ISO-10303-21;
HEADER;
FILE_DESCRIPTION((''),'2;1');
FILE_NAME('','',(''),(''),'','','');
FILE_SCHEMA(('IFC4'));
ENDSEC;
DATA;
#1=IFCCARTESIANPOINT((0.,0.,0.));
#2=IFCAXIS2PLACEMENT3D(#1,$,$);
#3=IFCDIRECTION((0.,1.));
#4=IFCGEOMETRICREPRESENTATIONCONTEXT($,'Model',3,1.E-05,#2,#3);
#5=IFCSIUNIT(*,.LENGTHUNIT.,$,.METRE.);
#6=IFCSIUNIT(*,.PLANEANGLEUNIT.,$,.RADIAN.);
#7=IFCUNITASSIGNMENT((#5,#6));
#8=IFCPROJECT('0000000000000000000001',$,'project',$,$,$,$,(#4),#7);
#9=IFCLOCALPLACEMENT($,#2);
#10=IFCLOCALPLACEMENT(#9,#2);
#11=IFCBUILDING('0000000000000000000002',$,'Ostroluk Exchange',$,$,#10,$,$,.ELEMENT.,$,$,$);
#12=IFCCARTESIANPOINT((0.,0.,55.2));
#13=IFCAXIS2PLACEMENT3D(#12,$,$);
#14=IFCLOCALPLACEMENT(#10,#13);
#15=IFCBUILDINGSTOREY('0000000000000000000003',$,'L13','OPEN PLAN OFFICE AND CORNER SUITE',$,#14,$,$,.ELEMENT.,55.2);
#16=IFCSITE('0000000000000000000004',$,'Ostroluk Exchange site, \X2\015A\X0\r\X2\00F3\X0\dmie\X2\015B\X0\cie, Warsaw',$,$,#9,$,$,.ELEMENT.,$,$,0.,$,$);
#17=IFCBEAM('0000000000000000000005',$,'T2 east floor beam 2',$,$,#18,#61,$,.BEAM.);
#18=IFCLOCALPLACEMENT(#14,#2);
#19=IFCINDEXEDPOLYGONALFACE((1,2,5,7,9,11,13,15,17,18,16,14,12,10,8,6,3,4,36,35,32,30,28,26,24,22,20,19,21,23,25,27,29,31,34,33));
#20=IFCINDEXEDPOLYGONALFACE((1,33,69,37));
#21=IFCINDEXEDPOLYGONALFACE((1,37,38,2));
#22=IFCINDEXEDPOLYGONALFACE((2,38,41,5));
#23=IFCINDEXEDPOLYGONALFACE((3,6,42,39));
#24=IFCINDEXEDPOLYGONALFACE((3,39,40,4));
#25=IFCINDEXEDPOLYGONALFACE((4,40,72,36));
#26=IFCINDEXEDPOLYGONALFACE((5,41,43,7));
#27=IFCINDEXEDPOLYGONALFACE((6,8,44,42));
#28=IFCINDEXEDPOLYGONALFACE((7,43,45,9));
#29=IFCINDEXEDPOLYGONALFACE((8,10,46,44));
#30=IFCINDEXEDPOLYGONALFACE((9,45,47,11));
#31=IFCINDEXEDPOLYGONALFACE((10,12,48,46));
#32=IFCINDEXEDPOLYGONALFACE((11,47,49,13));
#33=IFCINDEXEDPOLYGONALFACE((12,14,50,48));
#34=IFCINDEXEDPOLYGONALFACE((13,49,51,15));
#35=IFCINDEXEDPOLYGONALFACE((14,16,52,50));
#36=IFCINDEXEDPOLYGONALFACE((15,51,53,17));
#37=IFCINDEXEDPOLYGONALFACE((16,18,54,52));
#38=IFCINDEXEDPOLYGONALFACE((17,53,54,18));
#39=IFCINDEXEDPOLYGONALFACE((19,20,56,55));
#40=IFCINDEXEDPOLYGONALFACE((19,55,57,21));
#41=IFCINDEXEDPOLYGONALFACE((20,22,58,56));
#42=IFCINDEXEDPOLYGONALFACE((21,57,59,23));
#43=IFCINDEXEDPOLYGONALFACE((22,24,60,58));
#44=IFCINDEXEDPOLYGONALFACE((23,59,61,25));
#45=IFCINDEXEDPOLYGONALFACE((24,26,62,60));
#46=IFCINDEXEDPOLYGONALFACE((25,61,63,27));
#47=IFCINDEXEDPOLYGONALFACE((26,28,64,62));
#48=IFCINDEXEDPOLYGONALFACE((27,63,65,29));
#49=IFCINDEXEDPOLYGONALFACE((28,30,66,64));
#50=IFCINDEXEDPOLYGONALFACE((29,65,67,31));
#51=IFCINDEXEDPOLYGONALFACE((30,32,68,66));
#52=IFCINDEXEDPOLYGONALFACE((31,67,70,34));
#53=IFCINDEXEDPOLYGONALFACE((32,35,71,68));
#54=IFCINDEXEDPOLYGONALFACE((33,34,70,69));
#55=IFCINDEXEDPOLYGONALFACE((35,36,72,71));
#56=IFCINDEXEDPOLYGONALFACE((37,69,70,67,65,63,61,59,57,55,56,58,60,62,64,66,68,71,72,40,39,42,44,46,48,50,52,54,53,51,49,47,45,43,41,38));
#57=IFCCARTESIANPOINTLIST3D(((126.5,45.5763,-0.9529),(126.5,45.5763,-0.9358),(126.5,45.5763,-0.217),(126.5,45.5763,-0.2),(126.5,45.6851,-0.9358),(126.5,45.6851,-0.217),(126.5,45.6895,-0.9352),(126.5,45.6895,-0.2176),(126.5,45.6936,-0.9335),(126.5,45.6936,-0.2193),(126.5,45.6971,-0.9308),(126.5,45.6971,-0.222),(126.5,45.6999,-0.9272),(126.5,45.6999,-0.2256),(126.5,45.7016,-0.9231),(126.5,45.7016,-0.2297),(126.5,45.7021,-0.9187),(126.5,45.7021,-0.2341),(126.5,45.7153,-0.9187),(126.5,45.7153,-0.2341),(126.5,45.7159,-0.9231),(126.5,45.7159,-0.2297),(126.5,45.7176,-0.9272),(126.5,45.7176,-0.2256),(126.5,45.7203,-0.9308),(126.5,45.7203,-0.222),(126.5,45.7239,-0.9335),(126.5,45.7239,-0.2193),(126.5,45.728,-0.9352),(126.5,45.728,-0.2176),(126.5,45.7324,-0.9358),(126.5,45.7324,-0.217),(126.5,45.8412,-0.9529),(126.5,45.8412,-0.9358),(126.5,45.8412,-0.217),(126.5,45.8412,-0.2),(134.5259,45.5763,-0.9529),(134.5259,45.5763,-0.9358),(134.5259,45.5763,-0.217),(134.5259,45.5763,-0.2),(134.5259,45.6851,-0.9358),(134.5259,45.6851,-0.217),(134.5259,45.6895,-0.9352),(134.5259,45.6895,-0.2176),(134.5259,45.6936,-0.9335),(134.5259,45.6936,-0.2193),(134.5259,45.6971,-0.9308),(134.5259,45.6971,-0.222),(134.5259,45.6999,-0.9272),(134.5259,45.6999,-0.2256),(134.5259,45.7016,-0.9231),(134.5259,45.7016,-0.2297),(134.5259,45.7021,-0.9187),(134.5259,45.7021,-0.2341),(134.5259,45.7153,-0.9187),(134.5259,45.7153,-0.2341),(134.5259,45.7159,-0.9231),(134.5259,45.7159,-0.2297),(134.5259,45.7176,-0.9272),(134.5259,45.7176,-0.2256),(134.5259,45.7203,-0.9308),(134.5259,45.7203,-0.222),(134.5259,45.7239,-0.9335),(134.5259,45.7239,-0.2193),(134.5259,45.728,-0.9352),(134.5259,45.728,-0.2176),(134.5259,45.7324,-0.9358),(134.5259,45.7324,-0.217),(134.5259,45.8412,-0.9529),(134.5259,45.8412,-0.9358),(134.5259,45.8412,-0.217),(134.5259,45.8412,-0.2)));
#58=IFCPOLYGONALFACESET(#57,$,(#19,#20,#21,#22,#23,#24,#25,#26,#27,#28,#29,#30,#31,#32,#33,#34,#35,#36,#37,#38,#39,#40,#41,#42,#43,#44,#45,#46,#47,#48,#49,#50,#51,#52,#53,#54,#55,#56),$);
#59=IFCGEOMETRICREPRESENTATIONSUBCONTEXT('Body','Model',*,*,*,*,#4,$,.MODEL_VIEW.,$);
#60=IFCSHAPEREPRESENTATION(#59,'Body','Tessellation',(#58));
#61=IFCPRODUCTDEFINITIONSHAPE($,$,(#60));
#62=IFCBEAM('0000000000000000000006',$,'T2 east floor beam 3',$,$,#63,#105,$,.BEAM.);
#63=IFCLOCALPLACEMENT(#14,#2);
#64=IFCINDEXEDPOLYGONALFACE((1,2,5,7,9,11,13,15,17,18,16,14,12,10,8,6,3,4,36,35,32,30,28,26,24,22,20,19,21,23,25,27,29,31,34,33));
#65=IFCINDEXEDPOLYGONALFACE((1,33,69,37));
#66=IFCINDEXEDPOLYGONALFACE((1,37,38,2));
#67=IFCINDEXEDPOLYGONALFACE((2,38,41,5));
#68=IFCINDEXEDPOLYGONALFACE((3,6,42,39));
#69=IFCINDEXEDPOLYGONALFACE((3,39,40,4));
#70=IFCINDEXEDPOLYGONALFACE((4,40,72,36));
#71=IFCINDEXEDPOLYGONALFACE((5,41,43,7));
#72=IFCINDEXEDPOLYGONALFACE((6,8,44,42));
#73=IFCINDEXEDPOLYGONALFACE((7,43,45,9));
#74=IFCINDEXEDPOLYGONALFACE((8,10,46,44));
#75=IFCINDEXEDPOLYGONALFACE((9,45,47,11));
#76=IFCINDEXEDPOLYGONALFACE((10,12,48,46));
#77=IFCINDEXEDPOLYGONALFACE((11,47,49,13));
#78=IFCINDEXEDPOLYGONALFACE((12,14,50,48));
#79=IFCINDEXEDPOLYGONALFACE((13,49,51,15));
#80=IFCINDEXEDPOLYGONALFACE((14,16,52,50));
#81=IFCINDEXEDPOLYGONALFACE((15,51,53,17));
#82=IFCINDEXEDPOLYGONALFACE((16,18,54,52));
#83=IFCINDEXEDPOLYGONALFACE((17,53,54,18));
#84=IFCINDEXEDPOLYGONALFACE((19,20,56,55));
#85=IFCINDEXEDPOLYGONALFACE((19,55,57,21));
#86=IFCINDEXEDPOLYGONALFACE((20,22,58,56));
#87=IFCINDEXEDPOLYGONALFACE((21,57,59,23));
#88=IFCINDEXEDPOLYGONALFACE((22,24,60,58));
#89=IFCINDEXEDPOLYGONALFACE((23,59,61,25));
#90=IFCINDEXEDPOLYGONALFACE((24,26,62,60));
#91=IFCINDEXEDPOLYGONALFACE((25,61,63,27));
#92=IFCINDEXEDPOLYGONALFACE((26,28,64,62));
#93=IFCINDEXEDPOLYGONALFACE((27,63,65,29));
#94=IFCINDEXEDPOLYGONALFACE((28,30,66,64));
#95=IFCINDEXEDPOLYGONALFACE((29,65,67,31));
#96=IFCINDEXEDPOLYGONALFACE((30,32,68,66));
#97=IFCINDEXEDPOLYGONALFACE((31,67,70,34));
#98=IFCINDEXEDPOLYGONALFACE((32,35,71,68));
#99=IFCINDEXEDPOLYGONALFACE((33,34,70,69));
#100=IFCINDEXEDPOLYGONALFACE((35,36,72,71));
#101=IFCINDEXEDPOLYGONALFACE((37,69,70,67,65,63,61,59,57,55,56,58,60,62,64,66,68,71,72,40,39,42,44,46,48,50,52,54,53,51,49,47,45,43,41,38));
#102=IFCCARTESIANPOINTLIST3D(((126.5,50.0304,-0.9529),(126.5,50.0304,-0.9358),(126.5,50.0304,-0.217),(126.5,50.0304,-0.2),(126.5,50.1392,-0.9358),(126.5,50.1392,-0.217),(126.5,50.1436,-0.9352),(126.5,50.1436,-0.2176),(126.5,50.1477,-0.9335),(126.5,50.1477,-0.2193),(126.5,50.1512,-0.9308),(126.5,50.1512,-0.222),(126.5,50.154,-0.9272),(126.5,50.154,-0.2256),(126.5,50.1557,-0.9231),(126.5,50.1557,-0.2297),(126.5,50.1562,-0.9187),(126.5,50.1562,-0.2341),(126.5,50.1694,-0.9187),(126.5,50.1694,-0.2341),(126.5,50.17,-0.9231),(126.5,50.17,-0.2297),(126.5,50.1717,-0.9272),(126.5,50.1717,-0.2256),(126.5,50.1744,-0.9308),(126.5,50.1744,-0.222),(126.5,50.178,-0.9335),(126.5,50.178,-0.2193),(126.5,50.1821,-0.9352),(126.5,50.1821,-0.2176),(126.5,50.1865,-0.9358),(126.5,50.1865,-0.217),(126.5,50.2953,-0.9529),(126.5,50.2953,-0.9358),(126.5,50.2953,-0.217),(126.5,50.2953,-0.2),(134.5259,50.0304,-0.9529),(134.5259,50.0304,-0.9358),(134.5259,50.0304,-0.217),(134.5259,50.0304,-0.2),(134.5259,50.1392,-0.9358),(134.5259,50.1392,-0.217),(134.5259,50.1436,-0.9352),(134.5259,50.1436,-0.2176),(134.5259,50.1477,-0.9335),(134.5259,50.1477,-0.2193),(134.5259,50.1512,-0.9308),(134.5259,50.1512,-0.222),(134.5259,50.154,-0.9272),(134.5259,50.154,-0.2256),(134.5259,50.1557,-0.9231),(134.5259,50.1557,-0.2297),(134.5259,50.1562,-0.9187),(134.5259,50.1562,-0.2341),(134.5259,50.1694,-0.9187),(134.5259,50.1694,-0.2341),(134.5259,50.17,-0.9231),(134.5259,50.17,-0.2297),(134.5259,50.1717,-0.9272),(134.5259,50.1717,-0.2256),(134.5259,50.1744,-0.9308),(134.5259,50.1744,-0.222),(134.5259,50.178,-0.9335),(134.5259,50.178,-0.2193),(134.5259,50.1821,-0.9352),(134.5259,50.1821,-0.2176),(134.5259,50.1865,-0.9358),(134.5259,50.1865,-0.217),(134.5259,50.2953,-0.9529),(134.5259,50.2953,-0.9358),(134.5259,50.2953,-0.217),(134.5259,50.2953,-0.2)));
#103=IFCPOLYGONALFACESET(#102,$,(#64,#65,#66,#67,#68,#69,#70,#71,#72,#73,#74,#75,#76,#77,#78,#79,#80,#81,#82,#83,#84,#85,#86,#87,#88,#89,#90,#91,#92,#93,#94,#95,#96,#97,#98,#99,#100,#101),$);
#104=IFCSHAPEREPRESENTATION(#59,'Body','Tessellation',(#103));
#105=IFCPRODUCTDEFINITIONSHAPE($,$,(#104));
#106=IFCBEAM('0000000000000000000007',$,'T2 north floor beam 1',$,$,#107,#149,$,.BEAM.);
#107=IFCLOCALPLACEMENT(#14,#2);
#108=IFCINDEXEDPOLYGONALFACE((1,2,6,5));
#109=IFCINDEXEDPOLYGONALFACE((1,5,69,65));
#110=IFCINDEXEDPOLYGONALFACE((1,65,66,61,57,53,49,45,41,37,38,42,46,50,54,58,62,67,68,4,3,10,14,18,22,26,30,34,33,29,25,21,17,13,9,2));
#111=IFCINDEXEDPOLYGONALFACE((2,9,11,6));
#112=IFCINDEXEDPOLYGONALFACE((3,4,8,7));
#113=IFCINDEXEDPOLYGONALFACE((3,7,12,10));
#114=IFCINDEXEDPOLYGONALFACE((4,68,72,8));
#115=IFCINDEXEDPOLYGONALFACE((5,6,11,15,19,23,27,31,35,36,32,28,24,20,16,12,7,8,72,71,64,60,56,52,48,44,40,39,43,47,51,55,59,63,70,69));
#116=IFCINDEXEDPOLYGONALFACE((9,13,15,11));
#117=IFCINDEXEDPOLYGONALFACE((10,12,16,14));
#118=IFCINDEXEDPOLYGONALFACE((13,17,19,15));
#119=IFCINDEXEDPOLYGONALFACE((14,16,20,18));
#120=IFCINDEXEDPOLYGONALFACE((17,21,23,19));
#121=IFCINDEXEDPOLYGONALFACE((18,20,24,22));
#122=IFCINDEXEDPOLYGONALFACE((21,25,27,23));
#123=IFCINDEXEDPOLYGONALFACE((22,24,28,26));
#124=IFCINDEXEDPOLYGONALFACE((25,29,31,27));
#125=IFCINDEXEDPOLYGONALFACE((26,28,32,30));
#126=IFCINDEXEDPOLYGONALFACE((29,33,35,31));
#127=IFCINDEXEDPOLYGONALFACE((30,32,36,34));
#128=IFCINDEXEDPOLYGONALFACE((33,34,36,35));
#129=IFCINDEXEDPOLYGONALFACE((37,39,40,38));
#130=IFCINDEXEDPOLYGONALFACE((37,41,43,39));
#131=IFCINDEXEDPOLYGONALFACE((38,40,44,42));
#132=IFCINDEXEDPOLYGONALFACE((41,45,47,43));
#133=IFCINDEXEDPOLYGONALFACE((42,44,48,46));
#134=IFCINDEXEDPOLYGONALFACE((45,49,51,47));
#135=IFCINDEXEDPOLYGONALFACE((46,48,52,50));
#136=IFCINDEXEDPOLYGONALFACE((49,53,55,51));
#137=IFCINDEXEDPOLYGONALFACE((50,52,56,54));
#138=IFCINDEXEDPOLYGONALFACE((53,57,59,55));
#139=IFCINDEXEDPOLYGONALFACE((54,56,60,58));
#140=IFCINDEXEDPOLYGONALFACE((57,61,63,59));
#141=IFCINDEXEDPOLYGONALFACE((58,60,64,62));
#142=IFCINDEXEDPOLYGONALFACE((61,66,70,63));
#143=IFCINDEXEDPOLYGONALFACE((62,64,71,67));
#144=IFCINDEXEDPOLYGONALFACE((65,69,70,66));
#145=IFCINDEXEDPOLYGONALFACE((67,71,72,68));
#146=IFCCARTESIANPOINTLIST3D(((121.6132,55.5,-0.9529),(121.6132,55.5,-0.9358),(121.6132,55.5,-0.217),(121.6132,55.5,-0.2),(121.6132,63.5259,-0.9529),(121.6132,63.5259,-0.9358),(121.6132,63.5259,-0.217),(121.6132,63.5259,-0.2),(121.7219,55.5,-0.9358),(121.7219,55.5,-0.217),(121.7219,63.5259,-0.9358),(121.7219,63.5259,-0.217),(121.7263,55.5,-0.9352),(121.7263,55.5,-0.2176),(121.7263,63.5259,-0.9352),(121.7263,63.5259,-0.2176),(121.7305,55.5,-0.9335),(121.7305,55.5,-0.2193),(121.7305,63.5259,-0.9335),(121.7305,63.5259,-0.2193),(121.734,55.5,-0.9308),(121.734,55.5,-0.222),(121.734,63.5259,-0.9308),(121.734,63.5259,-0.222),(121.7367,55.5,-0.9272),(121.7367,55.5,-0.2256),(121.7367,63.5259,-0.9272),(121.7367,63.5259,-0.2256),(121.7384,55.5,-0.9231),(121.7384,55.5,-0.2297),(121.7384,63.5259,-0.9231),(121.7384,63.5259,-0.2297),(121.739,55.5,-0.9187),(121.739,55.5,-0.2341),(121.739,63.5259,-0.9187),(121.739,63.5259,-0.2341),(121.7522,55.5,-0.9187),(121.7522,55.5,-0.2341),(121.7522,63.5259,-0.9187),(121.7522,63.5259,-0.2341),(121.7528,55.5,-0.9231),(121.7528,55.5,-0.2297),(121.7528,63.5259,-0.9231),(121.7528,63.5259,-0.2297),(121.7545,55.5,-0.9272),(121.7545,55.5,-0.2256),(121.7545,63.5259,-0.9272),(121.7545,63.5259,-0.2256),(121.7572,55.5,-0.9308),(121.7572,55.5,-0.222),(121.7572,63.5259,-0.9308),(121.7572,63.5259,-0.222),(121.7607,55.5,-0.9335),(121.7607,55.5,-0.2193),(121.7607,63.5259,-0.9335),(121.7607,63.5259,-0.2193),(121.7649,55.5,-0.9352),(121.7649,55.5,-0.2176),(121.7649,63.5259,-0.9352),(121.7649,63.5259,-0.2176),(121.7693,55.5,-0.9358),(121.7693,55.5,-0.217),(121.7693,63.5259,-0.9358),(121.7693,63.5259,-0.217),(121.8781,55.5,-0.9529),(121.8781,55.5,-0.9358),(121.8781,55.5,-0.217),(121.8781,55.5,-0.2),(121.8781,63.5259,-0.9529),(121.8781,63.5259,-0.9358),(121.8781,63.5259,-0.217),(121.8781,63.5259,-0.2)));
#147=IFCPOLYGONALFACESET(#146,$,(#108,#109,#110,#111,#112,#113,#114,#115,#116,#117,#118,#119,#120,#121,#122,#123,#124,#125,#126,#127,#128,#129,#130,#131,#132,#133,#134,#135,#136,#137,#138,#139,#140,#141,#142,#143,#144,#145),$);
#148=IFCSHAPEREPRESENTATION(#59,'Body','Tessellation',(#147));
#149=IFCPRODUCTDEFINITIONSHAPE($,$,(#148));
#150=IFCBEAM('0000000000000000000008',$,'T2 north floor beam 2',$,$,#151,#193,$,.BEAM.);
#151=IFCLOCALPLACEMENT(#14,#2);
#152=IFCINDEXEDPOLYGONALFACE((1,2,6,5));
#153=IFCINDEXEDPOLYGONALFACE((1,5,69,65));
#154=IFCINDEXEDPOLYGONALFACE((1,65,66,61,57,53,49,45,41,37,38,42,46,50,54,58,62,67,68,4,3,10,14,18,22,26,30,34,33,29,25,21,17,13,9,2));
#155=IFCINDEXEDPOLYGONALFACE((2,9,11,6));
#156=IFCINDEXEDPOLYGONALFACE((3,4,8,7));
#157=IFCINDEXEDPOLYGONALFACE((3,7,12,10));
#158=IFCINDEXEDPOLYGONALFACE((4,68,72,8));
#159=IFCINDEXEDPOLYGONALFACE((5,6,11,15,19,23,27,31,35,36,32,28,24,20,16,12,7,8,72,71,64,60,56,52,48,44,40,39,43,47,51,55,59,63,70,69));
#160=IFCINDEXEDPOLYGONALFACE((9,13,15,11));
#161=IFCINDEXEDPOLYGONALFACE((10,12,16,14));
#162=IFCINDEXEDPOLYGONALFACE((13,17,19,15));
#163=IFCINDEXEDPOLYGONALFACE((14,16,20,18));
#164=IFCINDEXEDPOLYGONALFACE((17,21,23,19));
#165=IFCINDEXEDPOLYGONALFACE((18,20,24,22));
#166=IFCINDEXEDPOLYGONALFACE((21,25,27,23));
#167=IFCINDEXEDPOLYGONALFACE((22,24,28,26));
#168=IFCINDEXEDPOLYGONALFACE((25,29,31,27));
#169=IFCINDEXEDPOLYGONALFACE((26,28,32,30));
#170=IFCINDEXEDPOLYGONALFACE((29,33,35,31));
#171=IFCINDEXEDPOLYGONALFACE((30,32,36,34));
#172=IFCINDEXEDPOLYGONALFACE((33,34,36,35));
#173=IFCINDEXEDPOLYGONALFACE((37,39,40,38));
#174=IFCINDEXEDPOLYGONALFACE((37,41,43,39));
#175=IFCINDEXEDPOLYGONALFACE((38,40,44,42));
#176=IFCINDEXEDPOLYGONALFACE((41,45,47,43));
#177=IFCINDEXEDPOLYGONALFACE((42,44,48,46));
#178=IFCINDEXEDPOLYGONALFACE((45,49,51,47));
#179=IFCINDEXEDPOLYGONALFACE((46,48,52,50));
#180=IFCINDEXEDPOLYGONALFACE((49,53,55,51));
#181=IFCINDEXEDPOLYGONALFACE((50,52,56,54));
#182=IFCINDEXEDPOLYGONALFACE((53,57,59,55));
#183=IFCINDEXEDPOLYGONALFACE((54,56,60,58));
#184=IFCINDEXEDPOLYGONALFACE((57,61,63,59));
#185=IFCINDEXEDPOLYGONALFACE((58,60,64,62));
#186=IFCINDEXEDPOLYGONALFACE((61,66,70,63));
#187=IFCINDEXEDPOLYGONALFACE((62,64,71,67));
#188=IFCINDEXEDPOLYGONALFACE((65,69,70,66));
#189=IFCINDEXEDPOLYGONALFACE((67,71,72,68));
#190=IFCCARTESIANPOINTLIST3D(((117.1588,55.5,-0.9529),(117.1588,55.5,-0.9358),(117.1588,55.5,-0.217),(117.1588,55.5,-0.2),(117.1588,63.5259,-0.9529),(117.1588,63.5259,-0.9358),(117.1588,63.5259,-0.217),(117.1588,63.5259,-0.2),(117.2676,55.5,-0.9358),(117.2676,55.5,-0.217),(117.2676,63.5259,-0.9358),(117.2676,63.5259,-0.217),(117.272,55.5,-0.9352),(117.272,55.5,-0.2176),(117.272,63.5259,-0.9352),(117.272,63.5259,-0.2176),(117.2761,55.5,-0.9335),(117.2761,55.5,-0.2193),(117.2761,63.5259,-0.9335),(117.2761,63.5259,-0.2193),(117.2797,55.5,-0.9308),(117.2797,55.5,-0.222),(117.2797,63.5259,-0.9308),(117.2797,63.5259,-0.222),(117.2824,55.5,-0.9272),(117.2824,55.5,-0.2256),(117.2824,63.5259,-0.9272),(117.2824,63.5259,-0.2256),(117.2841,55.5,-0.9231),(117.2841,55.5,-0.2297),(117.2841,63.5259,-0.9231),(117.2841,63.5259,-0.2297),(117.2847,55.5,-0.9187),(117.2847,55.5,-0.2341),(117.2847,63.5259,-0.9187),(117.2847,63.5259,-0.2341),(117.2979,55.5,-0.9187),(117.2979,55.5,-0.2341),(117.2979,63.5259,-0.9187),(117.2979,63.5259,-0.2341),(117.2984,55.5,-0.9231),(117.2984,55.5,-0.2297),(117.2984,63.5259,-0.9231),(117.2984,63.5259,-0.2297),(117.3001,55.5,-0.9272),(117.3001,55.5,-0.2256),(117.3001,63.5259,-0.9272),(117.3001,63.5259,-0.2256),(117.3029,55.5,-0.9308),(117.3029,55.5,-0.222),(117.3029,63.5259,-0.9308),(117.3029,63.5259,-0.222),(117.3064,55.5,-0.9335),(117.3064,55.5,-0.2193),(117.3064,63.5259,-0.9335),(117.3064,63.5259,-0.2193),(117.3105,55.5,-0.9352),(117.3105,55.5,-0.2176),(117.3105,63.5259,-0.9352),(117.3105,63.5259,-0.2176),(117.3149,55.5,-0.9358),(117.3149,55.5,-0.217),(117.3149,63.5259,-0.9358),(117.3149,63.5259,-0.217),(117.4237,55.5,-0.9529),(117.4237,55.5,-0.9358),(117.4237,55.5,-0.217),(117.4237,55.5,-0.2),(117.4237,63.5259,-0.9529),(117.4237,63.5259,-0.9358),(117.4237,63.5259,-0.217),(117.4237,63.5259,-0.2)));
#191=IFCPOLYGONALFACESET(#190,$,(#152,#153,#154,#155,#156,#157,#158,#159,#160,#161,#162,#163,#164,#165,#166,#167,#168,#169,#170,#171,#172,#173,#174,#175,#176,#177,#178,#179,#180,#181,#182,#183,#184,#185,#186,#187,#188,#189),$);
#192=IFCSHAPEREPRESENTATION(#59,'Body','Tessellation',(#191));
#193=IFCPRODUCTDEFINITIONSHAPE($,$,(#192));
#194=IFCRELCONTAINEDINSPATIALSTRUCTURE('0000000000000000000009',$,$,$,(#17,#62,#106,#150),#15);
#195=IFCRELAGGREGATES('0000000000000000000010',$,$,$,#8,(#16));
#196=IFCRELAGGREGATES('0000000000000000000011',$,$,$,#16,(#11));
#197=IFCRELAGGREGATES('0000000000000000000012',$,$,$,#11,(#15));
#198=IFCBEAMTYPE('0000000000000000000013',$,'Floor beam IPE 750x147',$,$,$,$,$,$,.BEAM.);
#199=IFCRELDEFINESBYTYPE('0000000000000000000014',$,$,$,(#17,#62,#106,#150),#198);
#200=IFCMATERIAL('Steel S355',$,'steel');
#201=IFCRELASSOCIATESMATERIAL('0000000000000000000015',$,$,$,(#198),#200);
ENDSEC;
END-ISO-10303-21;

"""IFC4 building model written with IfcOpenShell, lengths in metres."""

from ifc_helpers import new_model, si_unit, direction, frame, origin, origin_2d, place, context, subcontext, project, spatial, i_section, extrude, material, material_profile, profile_set, type_object, element, save


model = new_model("IFC4")

# Units and contexts
model_context = context("Model", 3, precision=1e-05, world=origin(), true_north=direction((0.0, 1.0)))
body_context = subcontext(model_context, "Body", "Model", "MODEL_VIEW")
ifc_project = project(units=[si_unit("LENGTHUNIT", "METRE"), si_unit("PLANEANGLEUNIT", "RADIAN")], contexts=[model_context])

# Site, building, storey
site_placement = place(None, origin())
site = spatial("IfcSite", under=ifc_project, at=site_placement, Name="Ostroluk Exchange site, Śródmieście, Warsaw", CompositionType="ELEMENT", RefElevation=0.0)
building_placement = place(site_placement, origin())
building = spatial("IfcBuilding", under=site, at=building_placement, Name="Ostroluk Exchange", CompositionType="ELEMENT")
storey_placement = place(building_placement, frame((0.0, 0.0, 55.2)))
storey = spatial("IfcBuildingStorey", under=building, at=storey_placement, Name="L13", Description="OPEN PLAN OFFICE AND CORNER SUITE", CompositionType="ELEMENT", Elevation=55.2)

# Beams
ifc_material_1 = material(Name="Steel S355", Category="steel")
ifc_material_profile_1 = material_profile(ifc_material_1, i_section(OverallWidth=0.2649, OverallDepth=0.7529, WebThickness=0.0132, FlangeThickness=0.0171, FilletRadius=0.0171, at=origin_2d()), Name="IPE 750x147")
ifc_profile_set_1 = profile_set([ifc_material_profile_1], Name="Steel S355")
beam_type_1 = type_object("IfcBeamType", Name="Floor beam IPE 750x147", PredefinedType="BEAM", material=ifc_profile_set_1)
for number, where, z_axis, x_axis, name in (
    (1, (126.5, 45.7087, -0.5764), (1.0, 0.0, 0.0), (0.0, 1.0, 0.0), "T2 east floor beam 2"),
    (2, (126.5, 50.1628, -0.5764), (1.0, 0.0, 0.0), (0.0, 1.0, 0.0), "T2 east floor beam 3"),
    (3, (121.7456, 55.5, -0.5764), (0.0, 1.0, 0.0), (-1.0, 0.0, 0.0), "T2 north floor beam 1"),
    (4, (117.2913, 55.5, -0.5764), (0.0, 1.0, 0.0), (-1.0, 0.0, 0.0), "T2 north floor beam 2"),
):
    element("IfcBeam", number, at=place(storey_placement, frame(where, z_axis=z_axis, x_axis=x_axis)), inside=storey, type_object=beam_type_1, Name=name, PredefinedType="BEAM", context=body_context, shape_type="SweptSolid", body=[
        extrude(i_section(OverallWidth=0.2649, OverallDepth=0.7529, WebThickness=0.0132, FlangeThickness=0.0171, FilletRadius=0.0171, at=origin_2d()), origin(), (0.0, 0.0, 1.0), 8.0259),
    ])

save(model, "model.ifc")
